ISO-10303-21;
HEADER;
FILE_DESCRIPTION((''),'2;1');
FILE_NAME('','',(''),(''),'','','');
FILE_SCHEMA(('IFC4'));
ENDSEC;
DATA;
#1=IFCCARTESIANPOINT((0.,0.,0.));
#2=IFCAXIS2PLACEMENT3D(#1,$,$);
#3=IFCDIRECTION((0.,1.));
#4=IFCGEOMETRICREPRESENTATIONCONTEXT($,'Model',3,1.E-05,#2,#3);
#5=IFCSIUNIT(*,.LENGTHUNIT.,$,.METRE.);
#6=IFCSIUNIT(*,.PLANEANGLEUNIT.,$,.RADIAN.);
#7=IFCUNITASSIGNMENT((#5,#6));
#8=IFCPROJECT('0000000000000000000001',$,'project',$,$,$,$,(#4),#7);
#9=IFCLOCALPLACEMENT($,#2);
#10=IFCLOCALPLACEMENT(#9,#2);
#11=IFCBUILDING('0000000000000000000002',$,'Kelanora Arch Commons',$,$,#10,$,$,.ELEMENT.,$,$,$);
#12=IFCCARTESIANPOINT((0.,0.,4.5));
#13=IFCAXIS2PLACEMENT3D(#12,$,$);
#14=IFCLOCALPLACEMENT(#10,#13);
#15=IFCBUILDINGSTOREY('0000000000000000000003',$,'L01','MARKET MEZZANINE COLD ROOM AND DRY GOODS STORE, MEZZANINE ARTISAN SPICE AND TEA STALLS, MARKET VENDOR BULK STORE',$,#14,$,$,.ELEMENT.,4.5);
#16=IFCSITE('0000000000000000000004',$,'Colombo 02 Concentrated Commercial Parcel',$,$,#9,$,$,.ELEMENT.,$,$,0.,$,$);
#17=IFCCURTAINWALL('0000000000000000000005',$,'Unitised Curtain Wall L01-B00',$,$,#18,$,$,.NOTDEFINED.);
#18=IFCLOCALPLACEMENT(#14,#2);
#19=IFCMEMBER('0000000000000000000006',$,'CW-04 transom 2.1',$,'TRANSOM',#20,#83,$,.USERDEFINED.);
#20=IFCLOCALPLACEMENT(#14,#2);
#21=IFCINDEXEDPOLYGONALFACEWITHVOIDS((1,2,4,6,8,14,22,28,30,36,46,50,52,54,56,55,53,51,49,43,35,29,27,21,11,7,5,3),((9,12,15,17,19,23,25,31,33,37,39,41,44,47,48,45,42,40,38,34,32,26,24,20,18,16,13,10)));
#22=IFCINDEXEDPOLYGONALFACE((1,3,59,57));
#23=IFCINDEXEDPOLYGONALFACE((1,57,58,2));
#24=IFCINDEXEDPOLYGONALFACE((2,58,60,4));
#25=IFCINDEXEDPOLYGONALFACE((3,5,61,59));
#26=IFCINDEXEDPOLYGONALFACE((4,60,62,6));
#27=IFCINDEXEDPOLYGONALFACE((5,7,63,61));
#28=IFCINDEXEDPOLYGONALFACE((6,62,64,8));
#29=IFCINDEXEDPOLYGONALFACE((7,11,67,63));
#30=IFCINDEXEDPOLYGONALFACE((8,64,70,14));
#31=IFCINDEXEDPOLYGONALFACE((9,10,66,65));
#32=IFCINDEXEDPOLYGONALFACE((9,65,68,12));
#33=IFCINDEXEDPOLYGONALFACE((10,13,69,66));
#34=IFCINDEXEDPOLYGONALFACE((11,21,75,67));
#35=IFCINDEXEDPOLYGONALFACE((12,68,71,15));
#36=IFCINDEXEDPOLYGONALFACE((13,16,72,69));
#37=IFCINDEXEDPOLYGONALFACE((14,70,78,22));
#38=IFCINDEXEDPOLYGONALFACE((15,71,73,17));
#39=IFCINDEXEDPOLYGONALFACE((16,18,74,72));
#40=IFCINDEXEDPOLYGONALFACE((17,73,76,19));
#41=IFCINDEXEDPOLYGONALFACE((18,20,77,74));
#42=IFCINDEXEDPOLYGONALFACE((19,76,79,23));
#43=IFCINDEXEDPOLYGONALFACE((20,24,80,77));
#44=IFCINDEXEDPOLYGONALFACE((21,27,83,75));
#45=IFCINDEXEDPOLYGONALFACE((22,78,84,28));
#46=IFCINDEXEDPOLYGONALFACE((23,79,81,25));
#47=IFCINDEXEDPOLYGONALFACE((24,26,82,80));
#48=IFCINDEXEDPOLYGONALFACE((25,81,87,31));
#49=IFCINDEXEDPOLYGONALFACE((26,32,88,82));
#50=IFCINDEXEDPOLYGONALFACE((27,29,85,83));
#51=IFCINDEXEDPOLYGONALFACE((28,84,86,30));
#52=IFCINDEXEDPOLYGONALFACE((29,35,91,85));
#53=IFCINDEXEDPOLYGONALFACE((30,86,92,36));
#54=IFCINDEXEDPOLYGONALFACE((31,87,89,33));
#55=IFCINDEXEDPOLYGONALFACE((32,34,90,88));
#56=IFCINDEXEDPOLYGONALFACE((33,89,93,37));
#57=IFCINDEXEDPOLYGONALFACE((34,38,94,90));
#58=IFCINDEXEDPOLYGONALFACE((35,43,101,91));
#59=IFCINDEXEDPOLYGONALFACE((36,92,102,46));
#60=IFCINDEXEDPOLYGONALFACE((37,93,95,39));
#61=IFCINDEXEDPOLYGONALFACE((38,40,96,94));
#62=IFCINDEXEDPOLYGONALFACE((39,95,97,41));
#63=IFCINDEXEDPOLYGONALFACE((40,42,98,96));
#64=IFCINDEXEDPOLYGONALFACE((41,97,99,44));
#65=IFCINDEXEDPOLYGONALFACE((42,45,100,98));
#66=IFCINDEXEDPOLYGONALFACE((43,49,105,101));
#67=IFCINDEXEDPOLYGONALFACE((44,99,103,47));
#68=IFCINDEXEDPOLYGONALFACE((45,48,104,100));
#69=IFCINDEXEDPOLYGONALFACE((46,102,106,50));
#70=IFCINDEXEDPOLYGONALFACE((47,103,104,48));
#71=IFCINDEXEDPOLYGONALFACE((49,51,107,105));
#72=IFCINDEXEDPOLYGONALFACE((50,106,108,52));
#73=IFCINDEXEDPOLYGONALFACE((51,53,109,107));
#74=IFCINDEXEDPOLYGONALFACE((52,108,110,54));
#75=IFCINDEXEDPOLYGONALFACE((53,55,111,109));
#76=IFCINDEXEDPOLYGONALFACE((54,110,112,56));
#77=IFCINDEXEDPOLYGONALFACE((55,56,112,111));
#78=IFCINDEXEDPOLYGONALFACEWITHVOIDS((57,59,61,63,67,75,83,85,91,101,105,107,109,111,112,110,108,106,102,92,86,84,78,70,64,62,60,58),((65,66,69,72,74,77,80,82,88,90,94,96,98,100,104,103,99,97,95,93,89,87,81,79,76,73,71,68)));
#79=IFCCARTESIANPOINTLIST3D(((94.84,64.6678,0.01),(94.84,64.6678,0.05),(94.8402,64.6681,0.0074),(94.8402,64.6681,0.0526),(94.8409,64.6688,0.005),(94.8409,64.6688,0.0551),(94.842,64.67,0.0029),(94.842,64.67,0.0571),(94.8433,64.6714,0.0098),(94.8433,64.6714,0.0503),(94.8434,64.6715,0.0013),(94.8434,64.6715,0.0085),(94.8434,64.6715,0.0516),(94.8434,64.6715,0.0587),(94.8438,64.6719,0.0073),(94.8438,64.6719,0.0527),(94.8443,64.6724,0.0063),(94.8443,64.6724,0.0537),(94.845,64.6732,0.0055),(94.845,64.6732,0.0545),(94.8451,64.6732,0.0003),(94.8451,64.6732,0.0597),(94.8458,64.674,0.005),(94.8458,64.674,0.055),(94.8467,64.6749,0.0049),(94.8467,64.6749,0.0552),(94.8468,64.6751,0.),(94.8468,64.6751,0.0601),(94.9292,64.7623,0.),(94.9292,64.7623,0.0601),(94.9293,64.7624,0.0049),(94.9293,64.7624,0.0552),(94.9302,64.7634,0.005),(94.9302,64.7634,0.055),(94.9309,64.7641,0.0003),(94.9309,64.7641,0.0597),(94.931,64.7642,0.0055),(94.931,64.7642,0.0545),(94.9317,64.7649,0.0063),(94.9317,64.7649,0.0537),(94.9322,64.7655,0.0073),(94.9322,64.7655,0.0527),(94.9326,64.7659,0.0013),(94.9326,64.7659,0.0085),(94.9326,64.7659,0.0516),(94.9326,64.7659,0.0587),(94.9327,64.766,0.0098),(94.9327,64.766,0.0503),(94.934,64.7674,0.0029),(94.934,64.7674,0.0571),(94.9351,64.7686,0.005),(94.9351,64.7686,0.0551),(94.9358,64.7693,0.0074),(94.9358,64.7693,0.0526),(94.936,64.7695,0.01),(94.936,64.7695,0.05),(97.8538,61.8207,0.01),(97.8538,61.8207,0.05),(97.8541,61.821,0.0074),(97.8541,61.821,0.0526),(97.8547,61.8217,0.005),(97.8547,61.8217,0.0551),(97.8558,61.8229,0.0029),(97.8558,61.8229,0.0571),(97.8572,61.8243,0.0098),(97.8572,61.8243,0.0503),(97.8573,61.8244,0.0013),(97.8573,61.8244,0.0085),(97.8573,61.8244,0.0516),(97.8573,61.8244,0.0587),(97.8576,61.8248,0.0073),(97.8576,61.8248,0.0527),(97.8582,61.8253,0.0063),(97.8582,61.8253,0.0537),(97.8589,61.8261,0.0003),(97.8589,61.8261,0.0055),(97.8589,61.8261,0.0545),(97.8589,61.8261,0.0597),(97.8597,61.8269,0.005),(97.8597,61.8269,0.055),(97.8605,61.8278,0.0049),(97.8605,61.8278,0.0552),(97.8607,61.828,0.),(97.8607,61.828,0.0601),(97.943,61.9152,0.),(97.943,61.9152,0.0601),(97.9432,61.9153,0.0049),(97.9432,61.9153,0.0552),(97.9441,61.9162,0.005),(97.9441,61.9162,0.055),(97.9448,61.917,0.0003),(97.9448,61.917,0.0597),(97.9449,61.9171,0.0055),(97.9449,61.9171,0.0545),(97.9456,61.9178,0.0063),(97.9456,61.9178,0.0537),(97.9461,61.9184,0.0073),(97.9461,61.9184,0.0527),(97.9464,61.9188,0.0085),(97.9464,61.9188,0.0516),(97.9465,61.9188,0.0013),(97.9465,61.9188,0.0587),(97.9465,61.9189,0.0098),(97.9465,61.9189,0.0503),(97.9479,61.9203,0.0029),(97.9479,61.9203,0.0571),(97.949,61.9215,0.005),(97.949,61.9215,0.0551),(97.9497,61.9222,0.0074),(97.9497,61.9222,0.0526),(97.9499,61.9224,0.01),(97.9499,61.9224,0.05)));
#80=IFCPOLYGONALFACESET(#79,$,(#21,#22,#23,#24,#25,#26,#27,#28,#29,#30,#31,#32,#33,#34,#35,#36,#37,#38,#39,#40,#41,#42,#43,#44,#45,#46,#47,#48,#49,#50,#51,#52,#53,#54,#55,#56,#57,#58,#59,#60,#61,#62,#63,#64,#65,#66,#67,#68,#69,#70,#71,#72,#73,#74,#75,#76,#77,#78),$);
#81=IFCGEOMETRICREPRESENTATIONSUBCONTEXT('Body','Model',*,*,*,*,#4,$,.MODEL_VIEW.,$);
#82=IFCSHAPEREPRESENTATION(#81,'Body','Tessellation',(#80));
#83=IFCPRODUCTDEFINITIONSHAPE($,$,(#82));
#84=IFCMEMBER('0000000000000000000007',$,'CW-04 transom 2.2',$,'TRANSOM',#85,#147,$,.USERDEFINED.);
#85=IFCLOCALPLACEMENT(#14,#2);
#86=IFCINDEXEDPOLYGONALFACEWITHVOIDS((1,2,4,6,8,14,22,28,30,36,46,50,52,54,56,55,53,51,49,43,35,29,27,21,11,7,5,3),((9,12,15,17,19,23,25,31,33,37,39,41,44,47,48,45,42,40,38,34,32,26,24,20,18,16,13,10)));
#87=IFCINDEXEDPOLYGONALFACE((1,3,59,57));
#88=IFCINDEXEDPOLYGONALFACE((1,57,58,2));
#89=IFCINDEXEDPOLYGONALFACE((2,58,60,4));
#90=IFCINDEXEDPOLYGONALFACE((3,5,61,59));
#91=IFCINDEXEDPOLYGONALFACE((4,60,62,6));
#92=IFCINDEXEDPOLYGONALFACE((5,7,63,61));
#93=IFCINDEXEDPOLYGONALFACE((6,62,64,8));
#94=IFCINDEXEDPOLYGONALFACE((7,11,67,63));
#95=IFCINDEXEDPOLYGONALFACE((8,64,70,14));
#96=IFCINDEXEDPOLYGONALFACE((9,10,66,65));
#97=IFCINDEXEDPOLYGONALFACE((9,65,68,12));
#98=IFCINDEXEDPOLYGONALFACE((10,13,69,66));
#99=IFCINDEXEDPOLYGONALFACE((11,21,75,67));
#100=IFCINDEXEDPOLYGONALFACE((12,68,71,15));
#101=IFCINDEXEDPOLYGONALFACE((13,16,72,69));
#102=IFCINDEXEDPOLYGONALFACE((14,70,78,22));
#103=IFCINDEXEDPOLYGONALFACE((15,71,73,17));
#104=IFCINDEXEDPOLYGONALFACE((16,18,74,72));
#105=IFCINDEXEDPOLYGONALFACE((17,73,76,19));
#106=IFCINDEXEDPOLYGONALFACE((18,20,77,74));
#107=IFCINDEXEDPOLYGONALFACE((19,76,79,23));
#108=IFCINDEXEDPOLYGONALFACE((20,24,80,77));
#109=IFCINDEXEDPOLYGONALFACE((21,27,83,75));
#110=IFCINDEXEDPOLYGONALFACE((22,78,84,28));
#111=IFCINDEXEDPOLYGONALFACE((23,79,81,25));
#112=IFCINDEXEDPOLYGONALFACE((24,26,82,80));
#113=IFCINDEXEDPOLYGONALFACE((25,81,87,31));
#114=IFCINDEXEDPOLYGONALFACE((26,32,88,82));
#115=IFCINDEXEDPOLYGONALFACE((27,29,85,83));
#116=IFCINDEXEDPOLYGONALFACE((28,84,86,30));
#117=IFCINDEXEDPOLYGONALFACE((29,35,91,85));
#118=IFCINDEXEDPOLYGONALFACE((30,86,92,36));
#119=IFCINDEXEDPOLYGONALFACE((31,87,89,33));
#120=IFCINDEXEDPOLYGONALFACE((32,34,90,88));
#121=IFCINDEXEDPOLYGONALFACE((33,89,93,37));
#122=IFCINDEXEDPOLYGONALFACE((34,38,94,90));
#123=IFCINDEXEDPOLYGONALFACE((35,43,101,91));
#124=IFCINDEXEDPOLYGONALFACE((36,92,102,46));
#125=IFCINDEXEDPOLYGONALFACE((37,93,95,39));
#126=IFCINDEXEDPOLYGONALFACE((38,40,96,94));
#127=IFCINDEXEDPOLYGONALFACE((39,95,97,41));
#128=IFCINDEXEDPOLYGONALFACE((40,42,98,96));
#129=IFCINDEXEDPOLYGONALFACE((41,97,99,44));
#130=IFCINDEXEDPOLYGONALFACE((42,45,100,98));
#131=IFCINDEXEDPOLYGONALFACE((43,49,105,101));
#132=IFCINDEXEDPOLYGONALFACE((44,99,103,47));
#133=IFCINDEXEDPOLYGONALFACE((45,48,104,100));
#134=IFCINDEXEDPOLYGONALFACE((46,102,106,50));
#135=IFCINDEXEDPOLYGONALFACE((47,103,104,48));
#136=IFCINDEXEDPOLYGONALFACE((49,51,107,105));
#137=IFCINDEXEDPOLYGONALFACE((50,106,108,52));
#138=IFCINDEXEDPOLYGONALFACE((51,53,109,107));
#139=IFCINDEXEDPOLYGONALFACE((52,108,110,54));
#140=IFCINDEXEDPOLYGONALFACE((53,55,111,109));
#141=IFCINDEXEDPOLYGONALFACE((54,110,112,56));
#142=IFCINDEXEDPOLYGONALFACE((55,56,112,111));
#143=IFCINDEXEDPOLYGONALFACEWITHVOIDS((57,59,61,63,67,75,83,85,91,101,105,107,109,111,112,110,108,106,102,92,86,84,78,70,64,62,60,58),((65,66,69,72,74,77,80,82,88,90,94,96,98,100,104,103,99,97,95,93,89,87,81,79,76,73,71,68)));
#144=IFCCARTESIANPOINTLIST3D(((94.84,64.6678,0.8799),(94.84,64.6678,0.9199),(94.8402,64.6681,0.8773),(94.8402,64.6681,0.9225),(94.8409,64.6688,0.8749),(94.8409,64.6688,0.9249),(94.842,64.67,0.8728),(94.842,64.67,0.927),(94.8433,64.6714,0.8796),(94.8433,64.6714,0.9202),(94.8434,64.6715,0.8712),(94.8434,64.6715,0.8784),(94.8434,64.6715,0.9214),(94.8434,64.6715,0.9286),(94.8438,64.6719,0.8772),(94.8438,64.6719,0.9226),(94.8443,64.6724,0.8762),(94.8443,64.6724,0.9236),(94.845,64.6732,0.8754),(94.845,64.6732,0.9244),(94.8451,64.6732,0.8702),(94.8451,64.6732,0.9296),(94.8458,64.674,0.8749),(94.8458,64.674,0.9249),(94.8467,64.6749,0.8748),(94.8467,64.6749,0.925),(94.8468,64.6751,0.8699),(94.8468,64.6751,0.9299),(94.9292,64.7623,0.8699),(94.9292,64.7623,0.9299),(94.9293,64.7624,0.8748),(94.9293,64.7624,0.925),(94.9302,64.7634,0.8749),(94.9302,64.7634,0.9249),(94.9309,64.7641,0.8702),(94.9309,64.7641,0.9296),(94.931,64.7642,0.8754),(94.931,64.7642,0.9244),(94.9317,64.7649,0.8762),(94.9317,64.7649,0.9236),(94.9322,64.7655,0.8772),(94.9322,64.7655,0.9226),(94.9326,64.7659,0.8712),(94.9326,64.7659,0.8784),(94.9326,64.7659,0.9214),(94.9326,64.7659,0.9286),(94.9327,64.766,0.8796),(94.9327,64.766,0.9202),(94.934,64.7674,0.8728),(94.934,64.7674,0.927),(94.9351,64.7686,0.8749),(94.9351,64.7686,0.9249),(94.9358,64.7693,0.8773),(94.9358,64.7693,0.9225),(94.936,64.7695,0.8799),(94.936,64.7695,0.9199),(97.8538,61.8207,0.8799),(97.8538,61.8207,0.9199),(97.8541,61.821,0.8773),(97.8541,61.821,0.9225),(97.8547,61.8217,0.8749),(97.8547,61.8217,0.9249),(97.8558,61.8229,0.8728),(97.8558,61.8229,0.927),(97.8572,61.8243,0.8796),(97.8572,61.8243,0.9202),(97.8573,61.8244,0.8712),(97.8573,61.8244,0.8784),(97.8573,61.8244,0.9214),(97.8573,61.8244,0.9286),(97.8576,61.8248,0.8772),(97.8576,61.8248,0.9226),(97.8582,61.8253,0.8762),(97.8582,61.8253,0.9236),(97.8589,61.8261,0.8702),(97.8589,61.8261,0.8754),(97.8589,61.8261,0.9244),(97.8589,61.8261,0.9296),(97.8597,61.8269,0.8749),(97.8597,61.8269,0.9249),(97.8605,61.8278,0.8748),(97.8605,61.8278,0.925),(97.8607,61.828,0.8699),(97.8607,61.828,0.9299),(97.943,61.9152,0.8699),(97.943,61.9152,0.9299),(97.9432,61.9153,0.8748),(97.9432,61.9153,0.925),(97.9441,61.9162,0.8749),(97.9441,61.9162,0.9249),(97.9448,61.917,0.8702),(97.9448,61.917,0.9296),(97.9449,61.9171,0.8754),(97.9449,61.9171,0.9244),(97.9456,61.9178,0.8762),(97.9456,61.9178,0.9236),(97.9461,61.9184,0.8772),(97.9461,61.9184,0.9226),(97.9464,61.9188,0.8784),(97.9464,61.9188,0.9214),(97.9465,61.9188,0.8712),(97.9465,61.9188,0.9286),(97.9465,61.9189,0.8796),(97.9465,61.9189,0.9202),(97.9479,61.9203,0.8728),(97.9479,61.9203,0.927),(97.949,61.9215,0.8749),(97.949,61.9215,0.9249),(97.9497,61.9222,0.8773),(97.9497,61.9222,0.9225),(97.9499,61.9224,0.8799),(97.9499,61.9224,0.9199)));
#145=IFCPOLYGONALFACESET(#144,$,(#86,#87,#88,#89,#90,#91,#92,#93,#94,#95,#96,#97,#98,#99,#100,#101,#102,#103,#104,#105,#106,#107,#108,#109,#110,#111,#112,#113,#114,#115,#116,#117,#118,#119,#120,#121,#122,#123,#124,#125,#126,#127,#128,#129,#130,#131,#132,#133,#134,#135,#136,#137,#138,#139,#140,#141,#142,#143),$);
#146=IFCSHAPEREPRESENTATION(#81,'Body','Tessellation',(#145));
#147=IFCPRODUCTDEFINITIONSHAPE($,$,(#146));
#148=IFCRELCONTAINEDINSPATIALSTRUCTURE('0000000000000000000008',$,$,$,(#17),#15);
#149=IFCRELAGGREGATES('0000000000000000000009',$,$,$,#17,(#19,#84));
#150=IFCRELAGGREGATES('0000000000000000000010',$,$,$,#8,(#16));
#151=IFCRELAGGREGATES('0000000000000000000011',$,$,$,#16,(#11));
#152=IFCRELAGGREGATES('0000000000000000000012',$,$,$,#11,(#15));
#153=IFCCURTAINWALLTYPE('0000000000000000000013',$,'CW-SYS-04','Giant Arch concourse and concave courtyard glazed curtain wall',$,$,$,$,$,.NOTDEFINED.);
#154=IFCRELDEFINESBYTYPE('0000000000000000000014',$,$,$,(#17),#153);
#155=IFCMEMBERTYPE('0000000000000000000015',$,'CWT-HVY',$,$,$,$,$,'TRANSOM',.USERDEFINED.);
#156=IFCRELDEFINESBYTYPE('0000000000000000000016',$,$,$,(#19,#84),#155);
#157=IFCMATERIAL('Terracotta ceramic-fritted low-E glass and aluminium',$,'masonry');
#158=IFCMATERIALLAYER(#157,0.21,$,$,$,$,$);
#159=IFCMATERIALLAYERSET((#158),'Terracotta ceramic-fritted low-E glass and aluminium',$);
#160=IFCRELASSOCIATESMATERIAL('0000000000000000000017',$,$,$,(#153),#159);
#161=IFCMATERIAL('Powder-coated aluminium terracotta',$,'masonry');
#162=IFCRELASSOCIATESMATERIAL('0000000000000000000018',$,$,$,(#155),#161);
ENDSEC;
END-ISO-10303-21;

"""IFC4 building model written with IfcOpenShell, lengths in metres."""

from ifc_helpers import new_model, si_unit, direction, frame, origin, origin_2d, place, context, subcontext, project, spatial, hollow_rectangle, extrude, material, layer, layer_set, material_profile, profile_set, type_object, element, aggregate, save


model = new_model("IFC4")

# Units and contexts
model_context = context("Model", 3, precision=1e-05, world=origin(), true_north=direction((0.0, 1.0)))
body_context = subcontext(model_context, "Body", "Model", "MODEL_VIEW")
ifc_project = project(units=[si_unit("LENGTHUNIT", "METRE"), si_unit("PLANEANGLEUNIT", "RADIAN")], contexts=[model_context])

# Site, building, storey
site_placement = place(None, origin())
site = spatial("IfcSite", under=ifc_project, at=site_placement, Name="Colombo 02 Concentrated Commercial Parcel", CompositionType="ELEMENT", RefElevation=0.0)
building_placement = place(site_placement, origin())
building = spatial("IfcBuilding", under=site, at=building_placement, Name="Kelanora Arch Commons", CompositionType="ELEMENT")
storey_placement = place(building_placement, frame((0.0, 0.0, 4.5)))
storey = spatial("IfcBuildingStorey", under=building, at=storey_placement, Name="L01", Description="MARKET MEZZANINE COLD ROOM AND DRY GOODS STORE, MEZZANINE ARTISAN SPICE AND TEA STALLS, MARKET VENDOR BULK STORE", CompositionType="ELEMENT", Elevation=4.5)

# Curtain wall
ifc_material_1 = material(Name="Terracotta ceramic-fritted low-E glass and aluminium", Category="masonry")
ifc_layer_1 = layer(ifc_material_1, 0.21)
ifc_layer_set_1 = layer_set([ifc_layer_1], Name="Terracotta ceramic-fritted low-E glass and aluminium")
curtain_wall_type = type_object("IfcCurtainWallType", Name="CW-SYS-04", Description="Giant Arch concourse and concave courtyard glazed curtain wall", PredefinedType="NOTDEFINED", material=ifc_layer_set_1)
curtain_wall_1_placement = place(storey_placement, origin())
curtain_wall_1 = element("IfcCurtainWall", 1, at=curtain_wall_1_placement, inside=storey, type_object=curtain_wall_type, Name="Unitised Curtain Wall L01-B00", PredefinedType="NOTDEFINED")
ifc_material_2 = material(Name="Powder-coated aluminium terracotta", Category="masonry")

# Members
ifc_material_profile_1 = material_profile(ifc_material_2, hollow_rectangle(XDim=0.1399, YDim=0.0601, WallThickness=0.0049, InnerFilletRadius=0.0049, OuterFilletRadius=0.01, at=origin_2d()), Name="CWT140x60")
ifc_profile_set_1 = profile_set([ifc_material_profile_1], Name="Powder-coated aluminium terracotta")
member_type_1 = type_object("IfcMemberType", Name="CWT-HVY", ElementType="TRANSOM", PredefinedType="USERDEFINED", material=ifc_profile_set_1)
member_1_placement = place(storey_placement, frame((97.9019, 61.8716, 0.03), z_axis=(-0.72693, 0.686712, 0.0), x_axis=(-0.686712, -0.72693, 0.0)))
member_1 = element("IfcMember", 2, at=member_1_placement, type_object=member_type_1, Name="CW-04 transom 2.1", ObjectType="TRANSOM", PredefinedType="USERDEFINED", context=body_context, shape_type="SweptSolid", body=[
    extrude(hollow_rectangle(XDim=0.1399, YDim=0.0601, WallThickness=0.0049, InnerFilletRadius=0.0049, OuterFilletRadius=0.01, at=origin_2d()), origin(), (0.0, 0.0, 1.0), 4.146),
])
member_2_placement = place(storey_placement, frame((97.9019, 61.8716, 0.8999), z_axis=(-0.72693, 0.686712, 0.0), x_axis=(-0.686712, -0.72693, 0.0)))
member_2 = element("IfcMember", 3, at=member_2_placement, type_object=member_type_1, Name="CW-04 transom 2.2", ObjectType="TRANSOM", PredefinedType="USERDEFINED", context=body_context, shape_type="SweptSolid", body=[
    extrude(hollow_rectangle(XDim=0.1399, YDim=0.0601, WallThickness=0.0049, InnerFilletRadius=0.0049, OuterFilletRadius=0.01, at=origin_2d()), origin(), (0.0, 0.0, 1.0), 4.146),
])

aggregate(curtain_wall_1, [member_1, member_2])

save(model, "model.ifc")
